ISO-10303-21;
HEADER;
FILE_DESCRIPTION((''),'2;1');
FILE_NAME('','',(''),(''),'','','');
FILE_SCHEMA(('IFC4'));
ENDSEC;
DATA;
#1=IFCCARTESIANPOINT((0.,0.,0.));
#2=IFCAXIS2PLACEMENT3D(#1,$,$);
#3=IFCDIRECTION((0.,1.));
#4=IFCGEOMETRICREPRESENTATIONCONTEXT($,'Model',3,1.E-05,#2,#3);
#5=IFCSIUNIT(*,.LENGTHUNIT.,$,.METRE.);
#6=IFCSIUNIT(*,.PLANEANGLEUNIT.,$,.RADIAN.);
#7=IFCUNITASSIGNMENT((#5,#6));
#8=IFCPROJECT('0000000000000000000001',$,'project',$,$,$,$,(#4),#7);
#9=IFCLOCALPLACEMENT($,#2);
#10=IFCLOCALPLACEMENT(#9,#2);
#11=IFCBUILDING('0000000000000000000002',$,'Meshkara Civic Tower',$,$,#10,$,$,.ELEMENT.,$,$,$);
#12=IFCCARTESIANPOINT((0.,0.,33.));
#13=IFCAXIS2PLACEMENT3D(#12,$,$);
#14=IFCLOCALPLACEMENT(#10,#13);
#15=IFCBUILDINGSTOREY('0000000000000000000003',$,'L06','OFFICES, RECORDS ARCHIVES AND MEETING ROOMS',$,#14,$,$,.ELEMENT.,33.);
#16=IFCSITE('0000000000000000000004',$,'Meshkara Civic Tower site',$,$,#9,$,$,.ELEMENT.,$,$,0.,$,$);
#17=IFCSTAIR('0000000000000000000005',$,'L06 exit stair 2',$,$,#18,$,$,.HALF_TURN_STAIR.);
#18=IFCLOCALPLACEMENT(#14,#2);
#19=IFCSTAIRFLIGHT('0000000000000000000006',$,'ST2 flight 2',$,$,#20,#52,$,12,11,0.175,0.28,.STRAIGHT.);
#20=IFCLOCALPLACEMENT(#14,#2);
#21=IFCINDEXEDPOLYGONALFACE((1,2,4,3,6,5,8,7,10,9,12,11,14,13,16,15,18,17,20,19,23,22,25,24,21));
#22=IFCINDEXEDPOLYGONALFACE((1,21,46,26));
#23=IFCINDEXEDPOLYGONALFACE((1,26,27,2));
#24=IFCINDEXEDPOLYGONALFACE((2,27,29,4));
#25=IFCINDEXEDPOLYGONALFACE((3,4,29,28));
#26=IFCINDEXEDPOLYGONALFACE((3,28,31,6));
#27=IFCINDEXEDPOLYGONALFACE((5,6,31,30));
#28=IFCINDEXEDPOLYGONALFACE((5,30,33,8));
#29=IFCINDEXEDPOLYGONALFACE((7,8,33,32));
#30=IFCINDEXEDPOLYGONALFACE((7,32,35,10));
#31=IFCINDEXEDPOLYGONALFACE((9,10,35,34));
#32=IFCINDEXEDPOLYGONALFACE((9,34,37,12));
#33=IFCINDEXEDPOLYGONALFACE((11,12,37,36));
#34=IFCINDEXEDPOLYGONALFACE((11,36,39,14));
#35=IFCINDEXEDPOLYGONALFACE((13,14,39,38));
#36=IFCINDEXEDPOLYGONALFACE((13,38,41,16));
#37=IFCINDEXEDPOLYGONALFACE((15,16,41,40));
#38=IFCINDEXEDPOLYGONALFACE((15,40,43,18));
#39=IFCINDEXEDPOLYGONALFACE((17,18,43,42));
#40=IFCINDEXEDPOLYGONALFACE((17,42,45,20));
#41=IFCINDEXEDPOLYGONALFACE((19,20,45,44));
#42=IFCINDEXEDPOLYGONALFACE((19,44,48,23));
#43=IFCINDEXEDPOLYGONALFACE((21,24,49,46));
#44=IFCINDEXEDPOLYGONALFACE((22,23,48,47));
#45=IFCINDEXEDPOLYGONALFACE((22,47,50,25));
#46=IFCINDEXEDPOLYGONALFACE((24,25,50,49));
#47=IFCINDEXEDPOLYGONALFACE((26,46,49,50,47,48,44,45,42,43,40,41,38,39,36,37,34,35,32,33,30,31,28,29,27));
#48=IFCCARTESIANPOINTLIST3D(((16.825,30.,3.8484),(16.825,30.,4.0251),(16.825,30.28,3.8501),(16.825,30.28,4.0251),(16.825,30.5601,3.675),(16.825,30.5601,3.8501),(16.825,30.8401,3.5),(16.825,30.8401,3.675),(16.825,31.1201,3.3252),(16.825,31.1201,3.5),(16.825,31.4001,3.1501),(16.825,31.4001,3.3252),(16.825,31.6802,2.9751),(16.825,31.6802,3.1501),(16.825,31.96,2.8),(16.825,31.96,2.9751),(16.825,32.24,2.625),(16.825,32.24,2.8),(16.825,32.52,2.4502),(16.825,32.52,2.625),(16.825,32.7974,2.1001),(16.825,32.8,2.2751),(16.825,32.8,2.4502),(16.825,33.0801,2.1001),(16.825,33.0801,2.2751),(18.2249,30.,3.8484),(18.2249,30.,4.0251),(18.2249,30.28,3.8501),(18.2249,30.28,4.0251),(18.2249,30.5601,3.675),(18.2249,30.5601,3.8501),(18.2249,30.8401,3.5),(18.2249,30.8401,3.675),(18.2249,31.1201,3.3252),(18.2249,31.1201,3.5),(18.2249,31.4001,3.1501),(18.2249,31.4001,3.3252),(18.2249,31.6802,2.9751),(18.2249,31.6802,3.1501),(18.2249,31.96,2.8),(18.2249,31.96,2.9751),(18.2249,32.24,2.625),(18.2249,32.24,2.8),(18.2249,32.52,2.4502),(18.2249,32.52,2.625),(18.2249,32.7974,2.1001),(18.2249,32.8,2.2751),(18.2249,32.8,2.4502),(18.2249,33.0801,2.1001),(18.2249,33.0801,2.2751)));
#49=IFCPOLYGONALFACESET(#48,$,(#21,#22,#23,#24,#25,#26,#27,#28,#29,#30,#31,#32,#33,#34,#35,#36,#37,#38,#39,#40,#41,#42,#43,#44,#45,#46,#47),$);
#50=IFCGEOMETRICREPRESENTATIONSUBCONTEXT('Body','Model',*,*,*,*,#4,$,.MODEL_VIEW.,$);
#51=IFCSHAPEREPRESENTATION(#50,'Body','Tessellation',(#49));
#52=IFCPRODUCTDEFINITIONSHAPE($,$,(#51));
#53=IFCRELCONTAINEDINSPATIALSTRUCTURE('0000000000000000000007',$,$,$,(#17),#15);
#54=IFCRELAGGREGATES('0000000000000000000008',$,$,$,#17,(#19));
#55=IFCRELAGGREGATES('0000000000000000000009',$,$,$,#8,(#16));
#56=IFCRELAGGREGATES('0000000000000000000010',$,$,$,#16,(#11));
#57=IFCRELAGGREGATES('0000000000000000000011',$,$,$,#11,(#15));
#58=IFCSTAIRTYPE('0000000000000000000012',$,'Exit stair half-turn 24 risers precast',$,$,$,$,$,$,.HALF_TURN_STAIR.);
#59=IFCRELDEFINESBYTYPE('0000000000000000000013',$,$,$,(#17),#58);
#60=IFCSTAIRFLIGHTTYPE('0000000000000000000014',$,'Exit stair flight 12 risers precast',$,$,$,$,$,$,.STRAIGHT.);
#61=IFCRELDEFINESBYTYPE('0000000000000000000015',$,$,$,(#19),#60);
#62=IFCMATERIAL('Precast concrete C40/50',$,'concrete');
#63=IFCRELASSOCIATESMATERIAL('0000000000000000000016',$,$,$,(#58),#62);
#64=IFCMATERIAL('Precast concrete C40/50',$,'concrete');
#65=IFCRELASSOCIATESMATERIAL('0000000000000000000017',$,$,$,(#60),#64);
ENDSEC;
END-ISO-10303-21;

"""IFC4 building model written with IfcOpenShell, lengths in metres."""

from ifc_helpers import new_model, si_unit, direction, frame, origin, place, context, subcontext, project, spatial, polyline, outline, extrude, material, type_object, element, aggregate, save


model = new_model("IFC4")

# Units and contexts
model_context = context("Model", 3, precision=1e-05, world=origin(), true_north=direction((0.0, 1.0)))
body_context = subcontext(model_context, "Body", "Model", "MODEL_VIEW")
ifc_project = project(units=[si_unit("LENGTHUNIT", "METRE"), si_unit("PLANEANGLEUNIT", "RADIAN")], contexts=[model_context])

# Site, building, storey
site_placement = place(None, origin())
site = spatial("IfcSite", under=ifc_project, at=site_placement, Name="Meshkara Civic Tower site", CompositionType="ELEMENT", RefElevation=0.0)
building_placement = place(site_placement, origin())
building = spatial("IfcBuilding", under=site, at=building_placement, Name="Meshkara Civic Tower", CompositionType="ELEMENT")
storey_placement = place(building_placement, frame((0.0, 0.0, 33.0)))
storey = spatial("IfcBuildingStorey", under=building, at=storey_placement, Name="L06", Description="OFFICES, RECORDS ARCHIVES AND MEETING ROOMS", CompositionType="ELEMENT", Elevation=33.0)

# Stair, stair flight
ifc_material_1 = material(Name="Precast concrete C40/50", Category="concrete")
stair_type = type_object("IfcStairType", Name="Exit stair half-turn 24 risers precast", PredefinedType="HALF_TURN_STAIR", material=ifc_material_1)
stair_placement = place(storey_placement, origin())
stair = element("IfcStair", 1, at=stair_placement, inside=storey, type_object=stair_type, Name="L06 exit stair 2", PredefinedType="HALF_TURN_STAIR")
ifc_material_2 = material(Name="Precast concrete C40/50", Category="concrete")
stair_flight_type = type_object("IfcStairFlightType", Name="Exit stair flight 12 risers precast", PredefinedType="STRAIGHT", material=ifc_material_2)
stair_flight_placement = place(storey_placement, frame((17.5249, 33.0801, 2.1001), z_axis=(0.0, 0.0, 1.0), x_axis=(0.0, -1.0, 0.0)))
stair_flight = element("IfcStairFlight", 2, at=stair_flight_placement, type_object=stair_flight_type, Name="ST2 flight 2", NumberOfRisers=12, NumberOfTreads=11, PredefinedType="STRAIGHT", RiserHeight=0.175, TreadLength=0.28, context=body_context, shape_type="SweptSolid", body=[
    extrude(outline(polyline([(0.0, 0.0), (0.0, 0.175), (0.28, 0.175), (0.28, 0.3501), (0.5601, 0.3501), (0.5601, 0.5249), (0.8401, 0.5249), (0.8401, 0.7), (1.1201, 0.7), (1.1201, 0.875), (1.3999, 0.875), (1.3999, 1.05), (1.6799, 1.05), (1.6799, 1.2251), (1.96, 1.2251), (1.96, 1.3999), (2.24, 1.3999), (2.24, 1.575), (2.52, 1.575), (2.52, 1.75), (2.8, 1.75), (2.8, 1.925), (3.0801, 1.925), (3.0801, 2.1001), (3.0801, 1.7483), (0.2827, 0.0), (0.0, 0.0)])), frame((0.0, 0.7, 0.0), z_axis=(0.0, -1.0, 0.0), x_axis=(1.0, 0.0, 0.0)), (0.0, 0.0, 1.0), 1.3999),
])
aggregate(stair, [stair_flight])

save(model, "model.ifc")
